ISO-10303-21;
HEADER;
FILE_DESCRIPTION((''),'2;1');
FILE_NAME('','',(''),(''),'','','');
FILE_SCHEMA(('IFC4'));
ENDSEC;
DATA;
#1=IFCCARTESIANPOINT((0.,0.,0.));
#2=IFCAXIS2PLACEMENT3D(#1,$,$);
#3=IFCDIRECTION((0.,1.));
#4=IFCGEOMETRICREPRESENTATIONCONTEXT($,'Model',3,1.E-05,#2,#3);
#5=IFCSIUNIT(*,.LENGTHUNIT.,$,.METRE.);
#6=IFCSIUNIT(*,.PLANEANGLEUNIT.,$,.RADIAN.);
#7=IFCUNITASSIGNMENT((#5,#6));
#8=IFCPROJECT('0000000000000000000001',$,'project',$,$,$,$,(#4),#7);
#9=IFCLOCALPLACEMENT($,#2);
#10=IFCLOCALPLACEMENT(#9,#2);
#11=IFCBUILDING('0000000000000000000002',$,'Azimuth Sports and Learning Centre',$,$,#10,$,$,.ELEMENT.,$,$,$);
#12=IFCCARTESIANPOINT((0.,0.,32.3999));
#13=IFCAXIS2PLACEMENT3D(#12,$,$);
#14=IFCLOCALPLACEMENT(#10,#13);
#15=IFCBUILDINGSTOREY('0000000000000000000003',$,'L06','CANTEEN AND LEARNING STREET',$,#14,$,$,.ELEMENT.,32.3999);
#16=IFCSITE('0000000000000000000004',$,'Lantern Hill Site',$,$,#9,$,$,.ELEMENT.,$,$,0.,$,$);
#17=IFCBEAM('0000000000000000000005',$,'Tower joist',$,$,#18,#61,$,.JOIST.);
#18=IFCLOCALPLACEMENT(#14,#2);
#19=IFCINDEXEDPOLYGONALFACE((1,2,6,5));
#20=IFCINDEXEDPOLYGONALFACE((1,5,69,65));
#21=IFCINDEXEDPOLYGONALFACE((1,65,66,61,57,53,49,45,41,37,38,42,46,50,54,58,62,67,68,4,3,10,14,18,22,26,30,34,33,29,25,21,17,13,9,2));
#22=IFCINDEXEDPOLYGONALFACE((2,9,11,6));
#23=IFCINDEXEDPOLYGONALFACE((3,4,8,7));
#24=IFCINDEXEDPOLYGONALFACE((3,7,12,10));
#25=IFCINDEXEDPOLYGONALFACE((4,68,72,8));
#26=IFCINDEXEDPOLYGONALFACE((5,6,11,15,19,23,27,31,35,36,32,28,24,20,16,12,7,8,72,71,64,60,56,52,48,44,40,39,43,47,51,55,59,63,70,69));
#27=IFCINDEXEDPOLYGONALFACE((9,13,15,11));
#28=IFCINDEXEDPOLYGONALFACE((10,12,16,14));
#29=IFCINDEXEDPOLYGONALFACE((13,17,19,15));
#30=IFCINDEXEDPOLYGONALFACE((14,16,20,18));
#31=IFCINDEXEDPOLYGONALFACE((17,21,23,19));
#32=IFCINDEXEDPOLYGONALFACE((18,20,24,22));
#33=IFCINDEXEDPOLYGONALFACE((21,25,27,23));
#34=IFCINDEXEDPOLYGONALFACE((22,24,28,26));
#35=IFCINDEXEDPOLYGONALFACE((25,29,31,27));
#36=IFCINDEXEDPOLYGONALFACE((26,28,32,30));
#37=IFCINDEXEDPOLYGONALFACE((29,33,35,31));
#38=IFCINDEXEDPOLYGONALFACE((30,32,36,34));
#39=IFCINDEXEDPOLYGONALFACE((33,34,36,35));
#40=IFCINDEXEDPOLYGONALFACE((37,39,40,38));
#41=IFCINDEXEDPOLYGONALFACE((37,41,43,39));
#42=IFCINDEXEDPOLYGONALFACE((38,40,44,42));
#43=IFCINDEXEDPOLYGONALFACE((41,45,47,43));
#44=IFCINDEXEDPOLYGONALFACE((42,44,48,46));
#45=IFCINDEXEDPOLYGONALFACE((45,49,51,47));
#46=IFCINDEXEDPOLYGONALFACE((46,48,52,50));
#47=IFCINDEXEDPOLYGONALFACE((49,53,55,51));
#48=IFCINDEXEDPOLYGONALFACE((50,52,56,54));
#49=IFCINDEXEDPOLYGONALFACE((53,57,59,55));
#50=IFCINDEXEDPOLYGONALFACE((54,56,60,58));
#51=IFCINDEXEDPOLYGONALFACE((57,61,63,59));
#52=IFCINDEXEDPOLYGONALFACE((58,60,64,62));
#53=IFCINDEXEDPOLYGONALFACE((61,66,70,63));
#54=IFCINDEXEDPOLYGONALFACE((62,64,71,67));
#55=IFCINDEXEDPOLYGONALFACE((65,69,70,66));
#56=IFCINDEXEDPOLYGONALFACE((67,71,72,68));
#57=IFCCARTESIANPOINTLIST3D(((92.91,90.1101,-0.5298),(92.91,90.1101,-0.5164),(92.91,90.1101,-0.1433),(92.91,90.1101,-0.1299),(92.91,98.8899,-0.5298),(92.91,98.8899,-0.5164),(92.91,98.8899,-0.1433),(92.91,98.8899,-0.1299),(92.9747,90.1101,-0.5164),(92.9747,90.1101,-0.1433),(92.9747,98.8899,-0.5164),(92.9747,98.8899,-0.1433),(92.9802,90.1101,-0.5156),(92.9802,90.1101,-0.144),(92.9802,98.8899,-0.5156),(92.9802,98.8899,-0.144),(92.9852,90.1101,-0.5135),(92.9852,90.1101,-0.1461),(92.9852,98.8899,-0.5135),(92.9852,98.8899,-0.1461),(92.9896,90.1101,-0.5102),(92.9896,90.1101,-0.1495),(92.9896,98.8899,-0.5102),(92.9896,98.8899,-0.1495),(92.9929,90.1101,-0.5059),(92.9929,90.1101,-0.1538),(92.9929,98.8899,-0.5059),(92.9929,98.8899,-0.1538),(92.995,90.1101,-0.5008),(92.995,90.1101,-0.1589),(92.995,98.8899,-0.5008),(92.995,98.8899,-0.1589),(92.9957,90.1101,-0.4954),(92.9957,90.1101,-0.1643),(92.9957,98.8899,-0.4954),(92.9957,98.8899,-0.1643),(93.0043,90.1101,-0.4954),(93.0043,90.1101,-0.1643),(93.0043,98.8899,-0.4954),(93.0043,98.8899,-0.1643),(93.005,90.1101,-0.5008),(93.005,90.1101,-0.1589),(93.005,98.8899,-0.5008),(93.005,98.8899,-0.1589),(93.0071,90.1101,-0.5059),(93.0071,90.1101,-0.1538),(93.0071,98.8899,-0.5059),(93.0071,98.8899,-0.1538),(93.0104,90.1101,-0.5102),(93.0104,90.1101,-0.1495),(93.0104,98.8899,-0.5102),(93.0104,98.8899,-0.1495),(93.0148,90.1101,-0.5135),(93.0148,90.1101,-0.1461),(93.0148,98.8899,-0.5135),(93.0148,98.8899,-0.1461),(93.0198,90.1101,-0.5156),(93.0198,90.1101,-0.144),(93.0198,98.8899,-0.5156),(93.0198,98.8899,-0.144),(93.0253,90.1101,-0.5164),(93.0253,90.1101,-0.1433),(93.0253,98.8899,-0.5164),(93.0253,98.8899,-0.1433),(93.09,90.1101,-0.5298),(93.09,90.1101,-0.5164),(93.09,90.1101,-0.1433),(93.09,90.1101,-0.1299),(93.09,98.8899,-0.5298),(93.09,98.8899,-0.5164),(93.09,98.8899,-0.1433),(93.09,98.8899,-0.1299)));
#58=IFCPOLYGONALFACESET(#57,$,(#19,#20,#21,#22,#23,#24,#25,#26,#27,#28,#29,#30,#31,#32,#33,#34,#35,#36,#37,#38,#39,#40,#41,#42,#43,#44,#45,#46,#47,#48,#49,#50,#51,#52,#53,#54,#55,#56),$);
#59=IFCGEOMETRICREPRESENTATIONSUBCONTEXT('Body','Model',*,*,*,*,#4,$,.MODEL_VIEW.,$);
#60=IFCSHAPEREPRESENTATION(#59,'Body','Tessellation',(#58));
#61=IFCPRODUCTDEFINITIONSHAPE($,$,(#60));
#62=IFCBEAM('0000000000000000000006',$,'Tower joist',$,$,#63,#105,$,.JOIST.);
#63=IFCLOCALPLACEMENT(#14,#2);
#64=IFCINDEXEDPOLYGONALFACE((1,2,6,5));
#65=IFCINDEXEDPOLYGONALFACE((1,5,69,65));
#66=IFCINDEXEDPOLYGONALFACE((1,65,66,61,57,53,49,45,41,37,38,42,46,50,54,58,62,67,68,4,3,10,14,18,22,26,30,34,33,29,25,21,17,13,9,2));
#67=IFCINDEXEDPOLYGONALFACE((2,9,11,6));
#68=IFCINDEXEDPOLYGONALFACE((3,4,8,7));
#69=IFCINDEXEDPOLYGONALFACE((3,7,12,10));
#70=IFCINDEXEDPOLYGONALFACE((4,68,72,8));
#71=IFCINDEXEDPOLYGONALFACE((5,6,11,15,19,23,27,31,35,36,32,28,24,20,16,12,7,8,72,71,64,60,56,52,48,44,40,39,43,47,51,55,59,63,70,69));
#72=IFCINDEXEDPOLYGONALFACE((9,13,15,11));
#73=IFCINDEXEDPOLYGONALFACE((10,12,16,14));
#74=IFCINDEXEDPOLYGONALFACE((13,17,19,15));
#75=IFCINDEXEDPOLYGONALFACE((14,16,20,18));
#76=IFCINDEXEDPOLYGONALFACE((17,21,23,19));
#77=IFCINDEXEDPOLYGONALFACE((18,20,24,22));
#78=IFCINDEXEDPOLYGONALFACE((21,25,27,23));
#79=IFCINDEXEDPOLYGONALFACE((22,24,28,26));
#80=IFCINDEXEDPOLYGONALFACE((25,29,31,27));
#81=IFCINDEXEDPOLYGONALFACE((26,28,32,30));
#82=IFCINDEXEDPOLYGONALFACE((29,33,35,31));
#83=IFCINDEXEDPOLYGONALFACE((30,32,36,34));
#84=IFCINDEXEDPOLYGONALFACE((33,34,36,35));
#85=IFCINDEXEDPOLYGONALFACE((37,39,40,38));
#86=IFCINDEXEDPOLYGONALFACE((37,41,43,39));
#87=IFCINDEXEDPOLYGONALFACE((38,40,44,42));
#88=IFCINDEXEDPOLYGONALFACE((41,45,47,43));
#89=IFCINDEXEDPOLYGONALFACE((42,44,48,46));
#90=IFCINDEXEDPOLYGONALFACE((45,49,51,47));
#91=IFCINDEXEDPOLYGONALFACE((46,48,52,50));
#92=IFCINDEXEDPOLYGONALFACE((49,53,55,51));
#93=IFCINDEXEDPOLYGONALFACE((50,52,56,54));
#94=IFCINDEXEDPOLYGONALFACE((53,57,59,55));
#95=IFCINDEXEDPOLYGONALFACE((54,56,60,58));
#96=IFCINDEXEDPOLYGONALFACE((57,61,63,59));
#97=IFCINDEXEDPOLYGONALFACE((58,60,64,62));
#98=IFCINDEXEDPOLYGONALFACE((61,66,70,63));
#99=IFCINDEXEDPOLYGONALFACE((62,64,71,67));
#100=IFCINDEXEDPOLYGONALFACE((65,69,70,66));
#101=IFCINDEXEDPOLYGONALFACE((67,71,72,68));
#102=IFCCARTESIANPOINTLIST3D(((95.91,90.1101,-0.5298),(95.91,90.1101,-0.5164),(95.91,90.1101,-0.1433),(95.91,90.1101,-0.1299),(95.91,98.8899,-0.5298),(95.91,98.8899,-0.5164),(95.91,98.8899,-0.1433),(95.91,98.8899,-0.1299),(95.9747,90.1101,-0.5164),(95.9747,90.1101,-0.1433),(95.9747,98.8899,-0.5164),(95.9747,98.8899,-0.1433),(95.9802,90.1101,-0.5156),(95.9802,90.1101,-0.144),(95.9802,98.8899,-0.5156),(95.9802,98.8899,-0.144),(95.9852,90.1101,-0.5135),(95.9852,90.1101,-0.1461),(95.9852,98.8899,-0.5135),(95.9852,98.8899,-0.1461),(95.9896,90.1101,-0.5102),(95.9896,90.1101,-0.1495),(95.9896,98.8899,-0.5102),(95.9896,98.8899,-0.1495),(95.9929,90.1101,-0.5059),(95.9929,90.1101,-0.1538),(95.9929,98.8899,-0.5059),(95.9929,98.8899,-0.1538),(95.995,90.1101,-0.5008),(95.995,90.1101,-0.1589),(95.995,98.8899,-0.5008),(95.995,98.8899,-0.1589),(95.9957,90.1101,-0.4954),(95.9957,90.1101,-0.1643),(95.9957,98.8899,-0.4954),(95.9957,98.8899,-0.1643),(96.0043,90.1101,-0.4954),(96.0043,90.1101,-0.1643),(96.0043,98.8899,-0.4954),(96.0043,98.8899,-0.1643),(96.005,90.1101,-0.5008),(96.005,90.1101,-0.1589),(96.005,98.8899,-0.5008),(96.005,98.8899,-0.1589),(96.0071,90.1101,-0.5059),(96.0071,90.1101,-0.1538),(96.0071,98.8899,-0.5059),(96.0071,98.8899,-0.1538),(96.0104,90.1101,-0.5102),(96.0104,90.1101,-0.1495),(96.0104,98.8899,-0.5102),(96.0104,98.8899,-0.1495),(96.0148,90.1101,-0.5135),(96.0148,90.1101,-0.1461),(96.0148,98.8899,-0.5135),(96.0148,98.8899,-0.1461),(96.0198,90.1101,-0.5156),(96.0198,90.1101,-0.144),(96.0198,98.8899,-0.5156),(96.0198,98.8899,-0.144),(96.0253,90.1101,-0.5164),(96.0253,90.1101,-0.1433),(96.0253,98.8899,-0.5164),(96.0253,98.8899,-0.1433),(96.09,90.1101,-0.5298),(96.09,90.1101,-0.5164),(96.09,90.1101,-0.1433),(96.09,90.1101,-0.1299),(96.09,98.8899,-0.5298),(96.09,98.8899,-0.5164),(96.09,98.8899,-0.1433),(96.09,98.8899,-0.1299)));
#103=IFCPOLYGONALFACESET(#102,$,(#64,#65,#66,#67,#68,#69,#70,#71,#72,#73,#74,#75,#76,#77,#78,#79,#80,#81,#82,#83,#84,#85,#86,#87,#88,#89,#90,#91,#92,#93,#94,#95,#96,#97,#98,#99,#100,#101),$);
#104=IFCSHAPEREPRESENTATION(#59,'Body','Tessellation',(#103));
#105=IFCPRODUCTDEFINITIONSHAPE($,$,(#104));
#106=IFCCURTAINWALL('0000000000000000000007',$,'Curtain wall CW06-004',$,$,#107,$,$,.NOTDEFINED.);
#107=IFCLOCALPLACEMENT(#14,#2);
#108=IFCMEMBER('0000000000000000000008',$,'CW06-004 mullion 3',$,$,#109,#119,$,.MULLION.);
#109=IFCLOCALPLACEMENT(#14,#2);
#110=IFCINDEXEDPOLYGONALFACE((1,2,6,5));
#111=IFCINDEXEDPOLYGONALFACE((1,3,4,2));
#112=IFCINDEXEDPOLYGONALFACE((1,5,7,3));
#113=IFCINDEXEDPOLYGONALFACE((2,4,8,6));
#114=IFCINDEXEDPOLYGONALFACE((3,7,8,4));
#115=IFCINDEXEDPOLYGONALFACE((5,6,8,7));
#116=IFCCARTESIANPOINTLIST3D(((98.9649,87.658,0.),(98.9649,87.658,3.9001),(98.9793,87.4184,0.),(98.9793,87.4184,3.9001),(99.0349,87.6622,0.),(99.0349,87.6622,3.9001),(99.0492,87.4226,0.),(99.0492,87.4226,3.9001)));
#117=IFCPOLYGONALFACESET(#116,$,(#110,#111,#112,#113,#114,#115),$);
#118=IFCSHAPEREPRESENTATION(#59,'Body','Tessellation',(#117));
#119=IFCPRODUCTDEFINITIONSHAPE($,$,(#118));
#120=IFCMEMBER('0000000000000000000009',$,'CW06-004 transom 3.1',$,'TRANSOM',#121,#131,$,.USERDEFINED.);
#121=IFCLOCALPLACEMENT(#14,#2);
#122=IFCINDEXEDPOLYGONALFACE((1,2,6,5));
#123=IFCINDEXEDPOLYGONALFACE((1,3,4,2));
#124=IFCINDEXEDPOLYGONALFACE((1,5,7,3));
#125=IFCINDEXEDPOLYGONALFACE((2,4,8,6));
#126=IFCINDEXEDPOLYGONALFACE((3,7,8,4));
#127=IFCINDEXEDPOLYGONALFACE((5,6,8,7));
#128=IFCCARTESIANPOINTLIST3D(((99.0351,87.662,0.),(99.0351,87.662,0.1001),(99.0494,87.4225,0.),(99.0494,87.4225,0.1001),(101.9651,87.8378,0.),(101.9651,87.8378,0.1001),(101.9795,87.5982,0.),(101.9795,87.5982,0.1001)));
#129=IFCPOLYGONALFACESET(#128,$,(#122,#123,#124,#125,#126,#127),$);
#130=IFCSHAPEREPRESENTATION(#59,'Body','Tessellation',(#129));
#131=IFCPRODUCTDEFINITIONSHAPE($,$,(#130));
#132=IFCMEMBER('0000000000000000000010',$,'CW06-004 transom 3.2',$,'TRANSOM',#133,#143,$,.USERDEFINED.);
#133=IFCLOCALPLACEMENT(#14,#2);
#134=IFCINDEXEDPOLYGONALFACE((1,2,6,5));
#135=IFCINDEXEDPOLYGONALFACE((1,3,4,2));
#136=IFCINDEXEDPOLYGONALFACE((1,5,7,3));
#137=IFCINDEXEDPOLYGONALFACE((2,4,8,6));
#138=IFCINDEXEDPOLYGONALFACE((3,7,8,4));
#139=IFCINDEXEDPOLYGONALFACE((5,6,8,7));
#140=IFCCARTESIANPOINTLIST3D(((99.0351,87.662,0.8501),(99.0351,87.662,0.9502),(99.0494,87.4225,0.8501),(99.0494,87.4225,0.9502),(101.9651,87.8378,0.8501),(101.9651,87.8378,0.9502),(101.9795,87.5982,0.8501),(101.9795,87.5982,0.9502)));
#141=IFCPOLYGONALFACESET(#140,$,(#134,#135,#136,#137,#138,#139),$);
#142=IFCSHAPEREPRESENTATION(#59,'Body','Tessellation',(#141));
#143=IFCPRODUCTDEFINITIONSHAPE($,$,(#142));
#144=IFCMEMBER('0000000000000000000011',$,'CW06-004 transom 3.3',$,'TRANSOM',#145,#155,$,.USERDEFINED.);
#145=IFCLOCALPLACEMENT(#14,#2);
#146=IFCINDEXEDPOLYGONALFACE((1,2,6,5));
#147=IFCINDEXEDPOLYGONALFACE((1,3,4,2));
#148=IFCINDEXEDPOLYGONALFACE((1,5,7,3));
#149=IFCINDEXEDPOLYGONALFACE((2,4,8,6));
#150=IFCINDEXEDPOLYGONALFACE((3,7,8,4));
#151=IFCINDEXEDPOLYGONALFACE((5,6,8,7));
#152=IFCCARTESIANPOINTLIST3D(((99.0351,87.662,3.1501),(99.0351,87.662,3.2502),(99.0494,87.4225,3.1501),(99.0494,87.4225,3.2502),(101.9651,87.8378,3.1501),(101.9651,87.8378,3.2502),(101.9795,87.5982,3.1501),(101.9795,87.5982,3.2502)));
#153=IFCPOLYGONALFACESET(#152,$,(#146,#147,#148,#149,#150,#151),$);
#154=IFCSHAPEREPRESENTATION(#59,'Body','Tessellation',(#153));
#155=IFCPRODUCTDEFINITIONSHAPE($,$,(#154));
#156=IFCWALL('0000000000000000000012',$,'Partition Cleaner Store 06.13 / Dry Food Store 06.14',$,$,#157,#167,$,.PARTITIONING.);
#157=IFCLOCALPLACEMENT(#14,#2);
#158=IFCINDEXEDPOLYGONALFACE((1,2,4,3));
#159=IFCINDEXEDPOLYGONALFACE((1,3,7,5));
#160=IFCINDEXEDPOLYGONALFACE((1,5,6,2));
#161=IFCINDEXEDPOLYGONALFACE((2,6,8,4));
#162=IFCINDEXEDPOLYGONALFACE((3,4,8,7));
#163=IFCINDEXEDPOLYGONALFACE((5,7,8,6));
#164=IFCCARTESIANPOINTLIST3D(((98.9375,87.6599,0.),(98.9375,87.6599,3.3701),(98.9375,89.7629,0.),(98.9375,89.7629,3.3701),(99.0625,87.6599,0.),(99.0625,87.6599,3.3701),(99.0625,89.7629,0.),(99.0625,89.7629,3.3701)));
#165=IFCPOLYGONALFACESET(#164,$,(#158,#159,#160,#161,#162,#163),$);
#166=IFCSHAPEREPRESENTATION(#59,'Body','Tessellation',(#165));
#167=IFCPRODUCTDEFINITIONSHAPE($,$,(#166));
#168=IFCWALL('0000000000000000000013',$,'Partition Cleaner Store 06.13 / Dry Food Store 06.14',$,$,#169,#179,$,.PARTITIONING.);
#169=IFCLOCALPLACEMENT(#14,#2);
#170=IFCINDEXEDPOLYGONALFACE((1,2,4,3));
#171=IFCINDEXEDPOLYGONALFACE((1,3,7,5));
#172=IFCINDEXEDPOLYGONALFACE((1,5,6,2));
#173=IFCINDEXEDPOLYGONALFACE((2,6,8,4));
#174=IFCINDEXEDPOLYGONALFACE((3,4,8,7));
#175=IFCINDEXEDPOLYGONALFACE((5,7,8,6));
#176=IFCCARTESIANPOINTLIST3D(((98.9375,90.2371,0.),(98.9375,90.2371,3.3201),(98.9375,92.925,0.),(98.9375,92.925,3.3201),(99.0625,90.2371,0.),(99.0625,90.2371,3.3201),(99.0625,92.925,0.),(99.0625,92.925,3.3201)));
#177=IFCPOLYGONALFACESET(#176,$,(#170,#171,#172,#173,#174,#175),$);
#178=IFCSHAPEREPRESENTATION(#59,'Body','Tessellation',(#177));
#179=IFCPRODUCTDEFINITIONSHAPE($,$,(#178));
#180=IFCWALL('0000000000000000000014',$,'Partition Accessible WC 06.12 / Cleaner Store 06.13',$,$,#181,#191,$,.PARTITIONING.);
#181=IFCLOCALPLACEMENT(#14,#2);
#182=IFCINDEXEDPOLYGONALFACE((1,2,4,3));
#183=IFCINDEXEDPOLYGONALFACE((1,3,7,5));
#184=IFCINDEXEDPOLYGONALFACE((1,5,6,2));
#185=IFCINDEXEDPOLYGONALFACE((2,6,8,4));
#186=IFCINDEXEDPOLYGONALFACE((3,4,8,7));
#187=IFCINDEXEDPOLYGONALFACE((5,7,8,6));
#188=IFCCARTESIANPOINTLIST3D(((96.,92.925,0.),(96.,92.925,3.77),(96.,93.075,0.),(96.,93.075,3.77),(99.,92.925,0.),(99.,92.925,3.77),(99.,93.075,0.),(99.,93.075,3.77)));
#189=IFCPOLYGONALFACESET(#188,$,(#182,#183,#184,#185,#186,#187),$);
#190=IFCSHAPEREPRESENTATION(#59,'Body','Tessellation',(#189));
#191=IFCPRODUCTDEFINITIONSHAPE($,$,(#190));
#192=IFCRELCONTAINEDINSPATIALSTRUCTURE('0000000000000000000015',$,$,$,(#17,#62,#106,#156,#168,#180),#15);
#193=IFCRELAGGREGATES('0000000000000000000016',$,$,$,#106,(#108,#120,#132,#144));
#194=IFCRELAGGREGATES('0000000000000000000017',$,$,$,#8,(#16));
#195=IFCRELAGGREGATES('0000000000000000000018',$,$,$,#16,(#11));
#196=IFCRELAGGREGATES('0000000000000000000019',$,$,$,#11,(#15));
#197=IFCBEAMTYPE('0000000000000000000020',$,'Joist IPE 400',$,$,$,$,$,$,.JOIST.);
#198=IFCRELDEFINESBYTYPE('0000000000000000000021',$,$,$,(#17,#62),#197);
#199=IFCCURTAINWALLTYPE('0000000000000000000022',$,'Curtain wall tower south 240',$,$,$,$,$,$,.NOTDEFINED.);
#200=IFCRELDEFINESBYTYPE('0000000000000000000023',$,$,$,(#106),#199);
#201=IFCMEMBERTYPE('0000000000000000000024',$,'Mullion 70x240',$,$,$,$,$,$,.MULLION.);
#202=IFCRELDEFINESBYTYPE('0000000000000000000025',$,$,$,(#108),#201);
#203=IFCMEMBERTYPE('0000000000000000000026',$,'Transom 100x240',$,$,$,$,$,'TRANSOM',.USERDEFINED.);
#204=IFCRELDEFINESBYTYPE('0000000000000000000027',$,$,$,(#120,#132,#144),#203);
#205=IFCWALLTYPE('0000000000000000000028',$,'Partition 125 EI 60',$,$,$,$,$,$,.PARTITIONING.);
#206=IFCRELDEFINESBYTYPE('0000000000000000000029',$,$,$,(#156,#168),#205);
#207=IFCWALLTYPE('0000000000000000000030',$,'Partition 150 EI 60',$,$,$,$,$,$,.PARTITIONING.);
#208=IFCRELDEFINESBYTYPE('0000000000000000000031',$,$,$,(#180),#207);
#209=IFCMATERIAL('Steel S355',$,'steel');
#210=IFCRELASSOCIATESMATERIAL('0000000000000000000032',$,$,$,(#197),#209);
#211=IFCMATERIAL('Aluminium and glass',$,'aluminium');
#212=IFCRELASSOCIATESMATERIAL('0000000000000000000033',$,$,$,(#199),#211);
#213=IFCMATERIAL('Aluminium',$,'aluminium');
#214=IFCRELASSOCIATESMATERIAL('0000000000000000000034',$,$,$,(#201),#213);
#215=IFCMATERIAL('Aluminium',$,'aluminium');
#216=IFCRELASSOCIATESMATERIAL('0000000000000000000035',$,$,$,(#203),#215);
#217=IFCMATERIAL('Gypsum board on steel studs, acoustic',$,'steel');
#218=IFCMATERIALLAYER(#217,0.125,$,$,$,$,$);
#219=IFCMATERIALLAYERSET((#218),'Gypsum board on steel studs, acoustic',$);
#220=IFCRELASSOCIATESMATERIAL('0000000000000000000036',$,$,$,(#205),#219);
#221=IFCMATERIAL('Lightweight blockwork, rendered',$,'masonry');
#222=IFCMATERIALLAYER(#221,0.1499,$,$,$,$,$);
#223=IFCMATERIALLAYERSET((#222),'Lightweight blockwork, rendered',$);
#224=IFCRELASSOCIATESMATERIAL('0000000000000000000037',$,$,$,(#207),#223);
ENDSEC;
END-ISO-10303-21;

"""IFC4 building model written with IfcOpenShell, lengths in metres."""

from ifc_helpers import new_model, si_unit, direction, frame, frame_2d, origin, origin_2d, place, context, subcontext, project, spatial, rectangle, i_section, extrude, material, layer, layer_set, material_profile, profile_set, type_object, element, aggregate, save


model = new_model("IFC4")

# Units and contexts
model_context = context("Model", 3, precision=1e-05, world=origin(), true_north=direction((0.0, 1.0)))
body_context = subcontext(model_context, "Body", "Model", "MODEL_VIEW")
ifc_project = project(units=[si_unit("LENGTHUNIT", "METRE"), si_unit("PLANEANGLEUNIT", "RADIAN")], contexts=[model_context])

# Site, building, storey
site_placement = place(None, origin())
site = spatial("IfcSite", under=ifc_project, at=site_placement, Name="Lantern Hill Site", CompositionType="ELEMENT", RefElevation=0.0)
building_placement = place(site_placement, origin())
building = spatial("IfcBuilding", under=site, at=building_placement, Name="Azimuth Sports and Learning Centre", CompositionType="ELEMENT")
storey_placement = place(building_placement, frame((0.0, 0.0, 32.3999)))
storey = spatial("IfcBuildingStorey", under=building, at=storey_placement, Name="L06", Description="CANTEEN AND LEARNING STREET", CompositionType="ELEMENT", Elevation=32.3999)

# Beams
ifc_material_1 = material(Name="Steel S355", Category="steel")
ifc_material_profile_1 = material_profile(ifc_material_1, i_section(OverallWidth=0.1799, OverallDepth=0.3999, WebThickness=0.0085, FlangeThickness=0.0134, FilletRadius=0.021, at=origin_2d()), Name="IPE 400")
ifc_profile_set_1 = profile_set([ifc_material_profile_1], Name="Steel S355")
beam_type_1 = type_object("IfcBeamType", Name="Joist IPE 400", PredefinedType="JOIST", material=ifc_profile_set_1)
for number, where, z_axis, x_axis, name in (
    (1, (93.0, 90.1101, -0.3298), (0.0, 1.0, 0.0), (-1.0, 0.0, 0.0), "Tower joist"),
    (2, (96.0, 90.1101, -0.3298), (0.0, 1.0, 0.0), (-1.0, 0.0, 0.0), "Tower joist"),
):
    element("IfcBeam", number, at=place(storey_placement, frame(where, z_axis=z_axis, x_axis=x_axis)), inside=storey, type_object=beam_type_1, Name=name, PredefinedType="JOIST", context=body_context, shape_type="SweptSolid", body=[
        extrude(i_section(OverallWidth=0.1799, OverallDepth=0.3999, WebThickness=0.0085, FlangeThickness=0.0134, FilletRadius=0.021, at=origin_2d()), origin(), (0.0, 0.0, 1.0), 8.7798),
    ])

# Curtain wall, members
ifc_material_2 = material(Name="Aluminium and glass", Category="aluminium")
curtain_wall_type = type_object("IfcCurtainWallType", Name="Curtain wall tower south 240", PredefinedType="NOTDEFINED", material=ifc_material_2)
curtain_wall_placement = place(storey_placement, origin())
curtain_wall = element("IfcCurtainWall", 3, at=curtain_wall_placement, inside=storey, type_object=curtain_wall_type, Name="Curtain wall CW06-004", PredefinedType="NOTDEFINED")
ifc_material_3 = material(Name="Aluminium", Category="aluminium")
ifc_material_profile_2 = material_profile(ifc_material_3, rectangle(XDim=0.24, YDim=0.0701, at=origin_2d()), Name="Mullion 70x240")
ifc_profile_set_2 = profile_set([ifc_material_profile_2], Name="Aluminium")
member_type_1 = type_object("IfcMemberType", Name="Mullion 70x240", PredefinedType="MULLION", material=ifc_profile_set_2)
member_1_placement = place(storey_placement, frame((99.0071, 87.5403, 0.0), z_axis=(0.0, 0.0, 1.0), x_axis=(-0.059892, 0.998205, 0.0)))
member_1 = element("IfcMember", 4, at=member_1_placement, type_object=member_type_1, Name="CW06-004 mullion 3", PredefinedType="MULLION", context=body_context, shape_type="SweptSolid", body=[
    extrude(rectangle(XDim=0.24, YDim=0.0701, at=origin_2d()), origin(), (0.0, 0.0, 1.0), 3.9001),
])
ifc_material_4 = material(Name="Aluminium", Category="aluminium")
ifc_material_profile_3 = material_profile(ifc_material_4, rectangle(XDim=0.24, YDim=0.1001, at=origin_2d()), Name="Transom 100x240")
ifc_profile_set_3 = profile_set([ifc_material_profile_3], Name="Aluminium")
member_type_2 = type_object("IfcMemberType", Name="Transom 100x240", ElementType="TRANSOM", PredefinedType="USERDEFINED", material=ifc_profile_set_3)
member_2_placement = place(storey_placement, frame((99.0422, 87.5422, 0.05), z_axis=(0.998205, 0.059887, 0.0), x_axis=(-0.059887, 0.998205, 0.0)))
member_2 = element("IfcMember", 5, at=member_2_placement, type_object=member_type_2, Name="CW06-004 transom 3.1", ObjectType="TRANSOM", PredefinedType="USERDEFINED", context=body_context, shape_type="SweptSolid", body=[
    extrude(rectangle(XDim=0.24, YDim=0.1001, at=origin_2d()), origin(), (0.0, 0.0, 1.0), 2.9353),
])
member_3_placement = place(storey_placement, frame((99.0422, 87.5422, 0.9001), z_axis=(0.998205, 0.059887, 0.0), x_axis=(-0.059887, 0.998205, 0.0)))
member_3 = element("IfcMember", 6, at=member_3_placement, type_object=member_type_2, Name="CW06-004 transom 3.2", ObjectType="TRANSOM", PredefinedType="USERDEFINED", context=body_context, shape_type="SweptSolid", body=[
    extrude(rectangle(XDim=0.24, YDim=0.1001, at=origin_2d()), origin(), (0.0, 0.0, 1.0), 2.9353),
])
member_4_placement = place(storey_placement, frame((99.0422, 87.5422, 3.2002), z_axis=(0.998205, 0.059887, 0.0), x_axis=(-0.059887, 0.998205, 0.0)))
member_4 = element("IfcMember", 7, at=member_4_placement, type_object=member_type_2, Name="CW06-004 transom 3.3", ObjectType="TRANSOM", PredefinedType="USERDEFINED", context=body_context, shape_type="SweptSolid", body=[
    extrude(rectangle(XDim=0.24, YDim=0.1001, at=origin_2d()), origin(), (0.0, 0.0, 1.0), 2.9353),
])
aggregate(curtain_wall, [member_1, member_2, member_3, member_4])

# Walls
ifc_material_5 = material(Name="Gypsum board on steel studs, acoustic", Category="steel")
ifc_layer_1 = layer(ifc_material_5, 0.125)
ifc_layer_set_1 = layer_set([ifc_layer_1], Name="Gypsum board on steel studs, acoustic")
wall_type_1 = type_object("IfcWallType", Name="Partition 125 EI 60", PredefinedType="PARTITIONING", material=ifc_layer_set_1)
wall_1_placement = place(storey_placement, frame((99.0, 87.6599, 0.0), z_axis=(0.0, 0.0, 1.0), x_axis=(0.0, 1.0, 0.0)))
element("IfcWall", 8, at=wall_1_placement, inside=storey, type_object=wall_type_1, Name="Partition Cleaner Store 06.13 / Dry Food Store 06.14", PredefinedType="PARTITIONING", context=body_context, shape_type="SweptSolid", body=[
    extrude(rectangle(XDim=2.103, YDim=0.125, at=frame_2d((1.0515, 0.0))), origin(), (0.0, 0.0, 1.0), 3.3701),
])
wall_2_placement = place(storey_placement, frame((99.0, 90.2371, 0.0), z_axis=(0.0, 0.0, 1.0), x_axis=(0.0, 1.0, 0.0)))
element("IfcWall", 9, at=wall_2_placement, inside=storey, type_object=wall_type_1, Name="Partition Cleaner Store 06.13 / Dry Food Store 06.14", PredefinedType="PARTITIONING", context=body_context, shape_type="SweptSolid", body=[
    extrude(rectangle(XDim=2.688, YDim=0.125, at=frame_2d((1.344, 0.0))), origin(), (0.0, 0.0, 1.0), 3.3201),
])
ifc_material_6 = material(Name="Lightweight blockwork, rendered", Category="masonry")
ifc_layer_2 = layer(ifc_material_6, 0.1499)
ifc_layer_set_2 = layer_set([ifc_layer_2], Name="Lightweight blockwork, rendered")
wall_type_2 = type_object("IfcWallType", Name="Partition 150 EI 60", PredefinedType="PARTITIONING", material=ifc_layer_set_2)
wall_3_placement = place(storey_placement, frame((96.0, 93.0, 0.0), z_axis=(0.0, 0.0, 1.0), x_axis=(1.0, 0.0, 0.0)))
element("IfcWall", 10, at=wall_3_placement, inside=storey, type_object=wall_type_2, Name="Partition Accessible WC 06.12 / Cleaner Store 06.13", PredefinedType="PARTITIONING", context=body_context, shape_type="SweptSolid", body=[
    extrude(rectangle(XDim=3.0, YDim=0.1499, at=frame_2d((1.5, 0.0))), origin(), (0.0, 0.0, 1.0), 3.77),
])

save(model, "model.ifc")
